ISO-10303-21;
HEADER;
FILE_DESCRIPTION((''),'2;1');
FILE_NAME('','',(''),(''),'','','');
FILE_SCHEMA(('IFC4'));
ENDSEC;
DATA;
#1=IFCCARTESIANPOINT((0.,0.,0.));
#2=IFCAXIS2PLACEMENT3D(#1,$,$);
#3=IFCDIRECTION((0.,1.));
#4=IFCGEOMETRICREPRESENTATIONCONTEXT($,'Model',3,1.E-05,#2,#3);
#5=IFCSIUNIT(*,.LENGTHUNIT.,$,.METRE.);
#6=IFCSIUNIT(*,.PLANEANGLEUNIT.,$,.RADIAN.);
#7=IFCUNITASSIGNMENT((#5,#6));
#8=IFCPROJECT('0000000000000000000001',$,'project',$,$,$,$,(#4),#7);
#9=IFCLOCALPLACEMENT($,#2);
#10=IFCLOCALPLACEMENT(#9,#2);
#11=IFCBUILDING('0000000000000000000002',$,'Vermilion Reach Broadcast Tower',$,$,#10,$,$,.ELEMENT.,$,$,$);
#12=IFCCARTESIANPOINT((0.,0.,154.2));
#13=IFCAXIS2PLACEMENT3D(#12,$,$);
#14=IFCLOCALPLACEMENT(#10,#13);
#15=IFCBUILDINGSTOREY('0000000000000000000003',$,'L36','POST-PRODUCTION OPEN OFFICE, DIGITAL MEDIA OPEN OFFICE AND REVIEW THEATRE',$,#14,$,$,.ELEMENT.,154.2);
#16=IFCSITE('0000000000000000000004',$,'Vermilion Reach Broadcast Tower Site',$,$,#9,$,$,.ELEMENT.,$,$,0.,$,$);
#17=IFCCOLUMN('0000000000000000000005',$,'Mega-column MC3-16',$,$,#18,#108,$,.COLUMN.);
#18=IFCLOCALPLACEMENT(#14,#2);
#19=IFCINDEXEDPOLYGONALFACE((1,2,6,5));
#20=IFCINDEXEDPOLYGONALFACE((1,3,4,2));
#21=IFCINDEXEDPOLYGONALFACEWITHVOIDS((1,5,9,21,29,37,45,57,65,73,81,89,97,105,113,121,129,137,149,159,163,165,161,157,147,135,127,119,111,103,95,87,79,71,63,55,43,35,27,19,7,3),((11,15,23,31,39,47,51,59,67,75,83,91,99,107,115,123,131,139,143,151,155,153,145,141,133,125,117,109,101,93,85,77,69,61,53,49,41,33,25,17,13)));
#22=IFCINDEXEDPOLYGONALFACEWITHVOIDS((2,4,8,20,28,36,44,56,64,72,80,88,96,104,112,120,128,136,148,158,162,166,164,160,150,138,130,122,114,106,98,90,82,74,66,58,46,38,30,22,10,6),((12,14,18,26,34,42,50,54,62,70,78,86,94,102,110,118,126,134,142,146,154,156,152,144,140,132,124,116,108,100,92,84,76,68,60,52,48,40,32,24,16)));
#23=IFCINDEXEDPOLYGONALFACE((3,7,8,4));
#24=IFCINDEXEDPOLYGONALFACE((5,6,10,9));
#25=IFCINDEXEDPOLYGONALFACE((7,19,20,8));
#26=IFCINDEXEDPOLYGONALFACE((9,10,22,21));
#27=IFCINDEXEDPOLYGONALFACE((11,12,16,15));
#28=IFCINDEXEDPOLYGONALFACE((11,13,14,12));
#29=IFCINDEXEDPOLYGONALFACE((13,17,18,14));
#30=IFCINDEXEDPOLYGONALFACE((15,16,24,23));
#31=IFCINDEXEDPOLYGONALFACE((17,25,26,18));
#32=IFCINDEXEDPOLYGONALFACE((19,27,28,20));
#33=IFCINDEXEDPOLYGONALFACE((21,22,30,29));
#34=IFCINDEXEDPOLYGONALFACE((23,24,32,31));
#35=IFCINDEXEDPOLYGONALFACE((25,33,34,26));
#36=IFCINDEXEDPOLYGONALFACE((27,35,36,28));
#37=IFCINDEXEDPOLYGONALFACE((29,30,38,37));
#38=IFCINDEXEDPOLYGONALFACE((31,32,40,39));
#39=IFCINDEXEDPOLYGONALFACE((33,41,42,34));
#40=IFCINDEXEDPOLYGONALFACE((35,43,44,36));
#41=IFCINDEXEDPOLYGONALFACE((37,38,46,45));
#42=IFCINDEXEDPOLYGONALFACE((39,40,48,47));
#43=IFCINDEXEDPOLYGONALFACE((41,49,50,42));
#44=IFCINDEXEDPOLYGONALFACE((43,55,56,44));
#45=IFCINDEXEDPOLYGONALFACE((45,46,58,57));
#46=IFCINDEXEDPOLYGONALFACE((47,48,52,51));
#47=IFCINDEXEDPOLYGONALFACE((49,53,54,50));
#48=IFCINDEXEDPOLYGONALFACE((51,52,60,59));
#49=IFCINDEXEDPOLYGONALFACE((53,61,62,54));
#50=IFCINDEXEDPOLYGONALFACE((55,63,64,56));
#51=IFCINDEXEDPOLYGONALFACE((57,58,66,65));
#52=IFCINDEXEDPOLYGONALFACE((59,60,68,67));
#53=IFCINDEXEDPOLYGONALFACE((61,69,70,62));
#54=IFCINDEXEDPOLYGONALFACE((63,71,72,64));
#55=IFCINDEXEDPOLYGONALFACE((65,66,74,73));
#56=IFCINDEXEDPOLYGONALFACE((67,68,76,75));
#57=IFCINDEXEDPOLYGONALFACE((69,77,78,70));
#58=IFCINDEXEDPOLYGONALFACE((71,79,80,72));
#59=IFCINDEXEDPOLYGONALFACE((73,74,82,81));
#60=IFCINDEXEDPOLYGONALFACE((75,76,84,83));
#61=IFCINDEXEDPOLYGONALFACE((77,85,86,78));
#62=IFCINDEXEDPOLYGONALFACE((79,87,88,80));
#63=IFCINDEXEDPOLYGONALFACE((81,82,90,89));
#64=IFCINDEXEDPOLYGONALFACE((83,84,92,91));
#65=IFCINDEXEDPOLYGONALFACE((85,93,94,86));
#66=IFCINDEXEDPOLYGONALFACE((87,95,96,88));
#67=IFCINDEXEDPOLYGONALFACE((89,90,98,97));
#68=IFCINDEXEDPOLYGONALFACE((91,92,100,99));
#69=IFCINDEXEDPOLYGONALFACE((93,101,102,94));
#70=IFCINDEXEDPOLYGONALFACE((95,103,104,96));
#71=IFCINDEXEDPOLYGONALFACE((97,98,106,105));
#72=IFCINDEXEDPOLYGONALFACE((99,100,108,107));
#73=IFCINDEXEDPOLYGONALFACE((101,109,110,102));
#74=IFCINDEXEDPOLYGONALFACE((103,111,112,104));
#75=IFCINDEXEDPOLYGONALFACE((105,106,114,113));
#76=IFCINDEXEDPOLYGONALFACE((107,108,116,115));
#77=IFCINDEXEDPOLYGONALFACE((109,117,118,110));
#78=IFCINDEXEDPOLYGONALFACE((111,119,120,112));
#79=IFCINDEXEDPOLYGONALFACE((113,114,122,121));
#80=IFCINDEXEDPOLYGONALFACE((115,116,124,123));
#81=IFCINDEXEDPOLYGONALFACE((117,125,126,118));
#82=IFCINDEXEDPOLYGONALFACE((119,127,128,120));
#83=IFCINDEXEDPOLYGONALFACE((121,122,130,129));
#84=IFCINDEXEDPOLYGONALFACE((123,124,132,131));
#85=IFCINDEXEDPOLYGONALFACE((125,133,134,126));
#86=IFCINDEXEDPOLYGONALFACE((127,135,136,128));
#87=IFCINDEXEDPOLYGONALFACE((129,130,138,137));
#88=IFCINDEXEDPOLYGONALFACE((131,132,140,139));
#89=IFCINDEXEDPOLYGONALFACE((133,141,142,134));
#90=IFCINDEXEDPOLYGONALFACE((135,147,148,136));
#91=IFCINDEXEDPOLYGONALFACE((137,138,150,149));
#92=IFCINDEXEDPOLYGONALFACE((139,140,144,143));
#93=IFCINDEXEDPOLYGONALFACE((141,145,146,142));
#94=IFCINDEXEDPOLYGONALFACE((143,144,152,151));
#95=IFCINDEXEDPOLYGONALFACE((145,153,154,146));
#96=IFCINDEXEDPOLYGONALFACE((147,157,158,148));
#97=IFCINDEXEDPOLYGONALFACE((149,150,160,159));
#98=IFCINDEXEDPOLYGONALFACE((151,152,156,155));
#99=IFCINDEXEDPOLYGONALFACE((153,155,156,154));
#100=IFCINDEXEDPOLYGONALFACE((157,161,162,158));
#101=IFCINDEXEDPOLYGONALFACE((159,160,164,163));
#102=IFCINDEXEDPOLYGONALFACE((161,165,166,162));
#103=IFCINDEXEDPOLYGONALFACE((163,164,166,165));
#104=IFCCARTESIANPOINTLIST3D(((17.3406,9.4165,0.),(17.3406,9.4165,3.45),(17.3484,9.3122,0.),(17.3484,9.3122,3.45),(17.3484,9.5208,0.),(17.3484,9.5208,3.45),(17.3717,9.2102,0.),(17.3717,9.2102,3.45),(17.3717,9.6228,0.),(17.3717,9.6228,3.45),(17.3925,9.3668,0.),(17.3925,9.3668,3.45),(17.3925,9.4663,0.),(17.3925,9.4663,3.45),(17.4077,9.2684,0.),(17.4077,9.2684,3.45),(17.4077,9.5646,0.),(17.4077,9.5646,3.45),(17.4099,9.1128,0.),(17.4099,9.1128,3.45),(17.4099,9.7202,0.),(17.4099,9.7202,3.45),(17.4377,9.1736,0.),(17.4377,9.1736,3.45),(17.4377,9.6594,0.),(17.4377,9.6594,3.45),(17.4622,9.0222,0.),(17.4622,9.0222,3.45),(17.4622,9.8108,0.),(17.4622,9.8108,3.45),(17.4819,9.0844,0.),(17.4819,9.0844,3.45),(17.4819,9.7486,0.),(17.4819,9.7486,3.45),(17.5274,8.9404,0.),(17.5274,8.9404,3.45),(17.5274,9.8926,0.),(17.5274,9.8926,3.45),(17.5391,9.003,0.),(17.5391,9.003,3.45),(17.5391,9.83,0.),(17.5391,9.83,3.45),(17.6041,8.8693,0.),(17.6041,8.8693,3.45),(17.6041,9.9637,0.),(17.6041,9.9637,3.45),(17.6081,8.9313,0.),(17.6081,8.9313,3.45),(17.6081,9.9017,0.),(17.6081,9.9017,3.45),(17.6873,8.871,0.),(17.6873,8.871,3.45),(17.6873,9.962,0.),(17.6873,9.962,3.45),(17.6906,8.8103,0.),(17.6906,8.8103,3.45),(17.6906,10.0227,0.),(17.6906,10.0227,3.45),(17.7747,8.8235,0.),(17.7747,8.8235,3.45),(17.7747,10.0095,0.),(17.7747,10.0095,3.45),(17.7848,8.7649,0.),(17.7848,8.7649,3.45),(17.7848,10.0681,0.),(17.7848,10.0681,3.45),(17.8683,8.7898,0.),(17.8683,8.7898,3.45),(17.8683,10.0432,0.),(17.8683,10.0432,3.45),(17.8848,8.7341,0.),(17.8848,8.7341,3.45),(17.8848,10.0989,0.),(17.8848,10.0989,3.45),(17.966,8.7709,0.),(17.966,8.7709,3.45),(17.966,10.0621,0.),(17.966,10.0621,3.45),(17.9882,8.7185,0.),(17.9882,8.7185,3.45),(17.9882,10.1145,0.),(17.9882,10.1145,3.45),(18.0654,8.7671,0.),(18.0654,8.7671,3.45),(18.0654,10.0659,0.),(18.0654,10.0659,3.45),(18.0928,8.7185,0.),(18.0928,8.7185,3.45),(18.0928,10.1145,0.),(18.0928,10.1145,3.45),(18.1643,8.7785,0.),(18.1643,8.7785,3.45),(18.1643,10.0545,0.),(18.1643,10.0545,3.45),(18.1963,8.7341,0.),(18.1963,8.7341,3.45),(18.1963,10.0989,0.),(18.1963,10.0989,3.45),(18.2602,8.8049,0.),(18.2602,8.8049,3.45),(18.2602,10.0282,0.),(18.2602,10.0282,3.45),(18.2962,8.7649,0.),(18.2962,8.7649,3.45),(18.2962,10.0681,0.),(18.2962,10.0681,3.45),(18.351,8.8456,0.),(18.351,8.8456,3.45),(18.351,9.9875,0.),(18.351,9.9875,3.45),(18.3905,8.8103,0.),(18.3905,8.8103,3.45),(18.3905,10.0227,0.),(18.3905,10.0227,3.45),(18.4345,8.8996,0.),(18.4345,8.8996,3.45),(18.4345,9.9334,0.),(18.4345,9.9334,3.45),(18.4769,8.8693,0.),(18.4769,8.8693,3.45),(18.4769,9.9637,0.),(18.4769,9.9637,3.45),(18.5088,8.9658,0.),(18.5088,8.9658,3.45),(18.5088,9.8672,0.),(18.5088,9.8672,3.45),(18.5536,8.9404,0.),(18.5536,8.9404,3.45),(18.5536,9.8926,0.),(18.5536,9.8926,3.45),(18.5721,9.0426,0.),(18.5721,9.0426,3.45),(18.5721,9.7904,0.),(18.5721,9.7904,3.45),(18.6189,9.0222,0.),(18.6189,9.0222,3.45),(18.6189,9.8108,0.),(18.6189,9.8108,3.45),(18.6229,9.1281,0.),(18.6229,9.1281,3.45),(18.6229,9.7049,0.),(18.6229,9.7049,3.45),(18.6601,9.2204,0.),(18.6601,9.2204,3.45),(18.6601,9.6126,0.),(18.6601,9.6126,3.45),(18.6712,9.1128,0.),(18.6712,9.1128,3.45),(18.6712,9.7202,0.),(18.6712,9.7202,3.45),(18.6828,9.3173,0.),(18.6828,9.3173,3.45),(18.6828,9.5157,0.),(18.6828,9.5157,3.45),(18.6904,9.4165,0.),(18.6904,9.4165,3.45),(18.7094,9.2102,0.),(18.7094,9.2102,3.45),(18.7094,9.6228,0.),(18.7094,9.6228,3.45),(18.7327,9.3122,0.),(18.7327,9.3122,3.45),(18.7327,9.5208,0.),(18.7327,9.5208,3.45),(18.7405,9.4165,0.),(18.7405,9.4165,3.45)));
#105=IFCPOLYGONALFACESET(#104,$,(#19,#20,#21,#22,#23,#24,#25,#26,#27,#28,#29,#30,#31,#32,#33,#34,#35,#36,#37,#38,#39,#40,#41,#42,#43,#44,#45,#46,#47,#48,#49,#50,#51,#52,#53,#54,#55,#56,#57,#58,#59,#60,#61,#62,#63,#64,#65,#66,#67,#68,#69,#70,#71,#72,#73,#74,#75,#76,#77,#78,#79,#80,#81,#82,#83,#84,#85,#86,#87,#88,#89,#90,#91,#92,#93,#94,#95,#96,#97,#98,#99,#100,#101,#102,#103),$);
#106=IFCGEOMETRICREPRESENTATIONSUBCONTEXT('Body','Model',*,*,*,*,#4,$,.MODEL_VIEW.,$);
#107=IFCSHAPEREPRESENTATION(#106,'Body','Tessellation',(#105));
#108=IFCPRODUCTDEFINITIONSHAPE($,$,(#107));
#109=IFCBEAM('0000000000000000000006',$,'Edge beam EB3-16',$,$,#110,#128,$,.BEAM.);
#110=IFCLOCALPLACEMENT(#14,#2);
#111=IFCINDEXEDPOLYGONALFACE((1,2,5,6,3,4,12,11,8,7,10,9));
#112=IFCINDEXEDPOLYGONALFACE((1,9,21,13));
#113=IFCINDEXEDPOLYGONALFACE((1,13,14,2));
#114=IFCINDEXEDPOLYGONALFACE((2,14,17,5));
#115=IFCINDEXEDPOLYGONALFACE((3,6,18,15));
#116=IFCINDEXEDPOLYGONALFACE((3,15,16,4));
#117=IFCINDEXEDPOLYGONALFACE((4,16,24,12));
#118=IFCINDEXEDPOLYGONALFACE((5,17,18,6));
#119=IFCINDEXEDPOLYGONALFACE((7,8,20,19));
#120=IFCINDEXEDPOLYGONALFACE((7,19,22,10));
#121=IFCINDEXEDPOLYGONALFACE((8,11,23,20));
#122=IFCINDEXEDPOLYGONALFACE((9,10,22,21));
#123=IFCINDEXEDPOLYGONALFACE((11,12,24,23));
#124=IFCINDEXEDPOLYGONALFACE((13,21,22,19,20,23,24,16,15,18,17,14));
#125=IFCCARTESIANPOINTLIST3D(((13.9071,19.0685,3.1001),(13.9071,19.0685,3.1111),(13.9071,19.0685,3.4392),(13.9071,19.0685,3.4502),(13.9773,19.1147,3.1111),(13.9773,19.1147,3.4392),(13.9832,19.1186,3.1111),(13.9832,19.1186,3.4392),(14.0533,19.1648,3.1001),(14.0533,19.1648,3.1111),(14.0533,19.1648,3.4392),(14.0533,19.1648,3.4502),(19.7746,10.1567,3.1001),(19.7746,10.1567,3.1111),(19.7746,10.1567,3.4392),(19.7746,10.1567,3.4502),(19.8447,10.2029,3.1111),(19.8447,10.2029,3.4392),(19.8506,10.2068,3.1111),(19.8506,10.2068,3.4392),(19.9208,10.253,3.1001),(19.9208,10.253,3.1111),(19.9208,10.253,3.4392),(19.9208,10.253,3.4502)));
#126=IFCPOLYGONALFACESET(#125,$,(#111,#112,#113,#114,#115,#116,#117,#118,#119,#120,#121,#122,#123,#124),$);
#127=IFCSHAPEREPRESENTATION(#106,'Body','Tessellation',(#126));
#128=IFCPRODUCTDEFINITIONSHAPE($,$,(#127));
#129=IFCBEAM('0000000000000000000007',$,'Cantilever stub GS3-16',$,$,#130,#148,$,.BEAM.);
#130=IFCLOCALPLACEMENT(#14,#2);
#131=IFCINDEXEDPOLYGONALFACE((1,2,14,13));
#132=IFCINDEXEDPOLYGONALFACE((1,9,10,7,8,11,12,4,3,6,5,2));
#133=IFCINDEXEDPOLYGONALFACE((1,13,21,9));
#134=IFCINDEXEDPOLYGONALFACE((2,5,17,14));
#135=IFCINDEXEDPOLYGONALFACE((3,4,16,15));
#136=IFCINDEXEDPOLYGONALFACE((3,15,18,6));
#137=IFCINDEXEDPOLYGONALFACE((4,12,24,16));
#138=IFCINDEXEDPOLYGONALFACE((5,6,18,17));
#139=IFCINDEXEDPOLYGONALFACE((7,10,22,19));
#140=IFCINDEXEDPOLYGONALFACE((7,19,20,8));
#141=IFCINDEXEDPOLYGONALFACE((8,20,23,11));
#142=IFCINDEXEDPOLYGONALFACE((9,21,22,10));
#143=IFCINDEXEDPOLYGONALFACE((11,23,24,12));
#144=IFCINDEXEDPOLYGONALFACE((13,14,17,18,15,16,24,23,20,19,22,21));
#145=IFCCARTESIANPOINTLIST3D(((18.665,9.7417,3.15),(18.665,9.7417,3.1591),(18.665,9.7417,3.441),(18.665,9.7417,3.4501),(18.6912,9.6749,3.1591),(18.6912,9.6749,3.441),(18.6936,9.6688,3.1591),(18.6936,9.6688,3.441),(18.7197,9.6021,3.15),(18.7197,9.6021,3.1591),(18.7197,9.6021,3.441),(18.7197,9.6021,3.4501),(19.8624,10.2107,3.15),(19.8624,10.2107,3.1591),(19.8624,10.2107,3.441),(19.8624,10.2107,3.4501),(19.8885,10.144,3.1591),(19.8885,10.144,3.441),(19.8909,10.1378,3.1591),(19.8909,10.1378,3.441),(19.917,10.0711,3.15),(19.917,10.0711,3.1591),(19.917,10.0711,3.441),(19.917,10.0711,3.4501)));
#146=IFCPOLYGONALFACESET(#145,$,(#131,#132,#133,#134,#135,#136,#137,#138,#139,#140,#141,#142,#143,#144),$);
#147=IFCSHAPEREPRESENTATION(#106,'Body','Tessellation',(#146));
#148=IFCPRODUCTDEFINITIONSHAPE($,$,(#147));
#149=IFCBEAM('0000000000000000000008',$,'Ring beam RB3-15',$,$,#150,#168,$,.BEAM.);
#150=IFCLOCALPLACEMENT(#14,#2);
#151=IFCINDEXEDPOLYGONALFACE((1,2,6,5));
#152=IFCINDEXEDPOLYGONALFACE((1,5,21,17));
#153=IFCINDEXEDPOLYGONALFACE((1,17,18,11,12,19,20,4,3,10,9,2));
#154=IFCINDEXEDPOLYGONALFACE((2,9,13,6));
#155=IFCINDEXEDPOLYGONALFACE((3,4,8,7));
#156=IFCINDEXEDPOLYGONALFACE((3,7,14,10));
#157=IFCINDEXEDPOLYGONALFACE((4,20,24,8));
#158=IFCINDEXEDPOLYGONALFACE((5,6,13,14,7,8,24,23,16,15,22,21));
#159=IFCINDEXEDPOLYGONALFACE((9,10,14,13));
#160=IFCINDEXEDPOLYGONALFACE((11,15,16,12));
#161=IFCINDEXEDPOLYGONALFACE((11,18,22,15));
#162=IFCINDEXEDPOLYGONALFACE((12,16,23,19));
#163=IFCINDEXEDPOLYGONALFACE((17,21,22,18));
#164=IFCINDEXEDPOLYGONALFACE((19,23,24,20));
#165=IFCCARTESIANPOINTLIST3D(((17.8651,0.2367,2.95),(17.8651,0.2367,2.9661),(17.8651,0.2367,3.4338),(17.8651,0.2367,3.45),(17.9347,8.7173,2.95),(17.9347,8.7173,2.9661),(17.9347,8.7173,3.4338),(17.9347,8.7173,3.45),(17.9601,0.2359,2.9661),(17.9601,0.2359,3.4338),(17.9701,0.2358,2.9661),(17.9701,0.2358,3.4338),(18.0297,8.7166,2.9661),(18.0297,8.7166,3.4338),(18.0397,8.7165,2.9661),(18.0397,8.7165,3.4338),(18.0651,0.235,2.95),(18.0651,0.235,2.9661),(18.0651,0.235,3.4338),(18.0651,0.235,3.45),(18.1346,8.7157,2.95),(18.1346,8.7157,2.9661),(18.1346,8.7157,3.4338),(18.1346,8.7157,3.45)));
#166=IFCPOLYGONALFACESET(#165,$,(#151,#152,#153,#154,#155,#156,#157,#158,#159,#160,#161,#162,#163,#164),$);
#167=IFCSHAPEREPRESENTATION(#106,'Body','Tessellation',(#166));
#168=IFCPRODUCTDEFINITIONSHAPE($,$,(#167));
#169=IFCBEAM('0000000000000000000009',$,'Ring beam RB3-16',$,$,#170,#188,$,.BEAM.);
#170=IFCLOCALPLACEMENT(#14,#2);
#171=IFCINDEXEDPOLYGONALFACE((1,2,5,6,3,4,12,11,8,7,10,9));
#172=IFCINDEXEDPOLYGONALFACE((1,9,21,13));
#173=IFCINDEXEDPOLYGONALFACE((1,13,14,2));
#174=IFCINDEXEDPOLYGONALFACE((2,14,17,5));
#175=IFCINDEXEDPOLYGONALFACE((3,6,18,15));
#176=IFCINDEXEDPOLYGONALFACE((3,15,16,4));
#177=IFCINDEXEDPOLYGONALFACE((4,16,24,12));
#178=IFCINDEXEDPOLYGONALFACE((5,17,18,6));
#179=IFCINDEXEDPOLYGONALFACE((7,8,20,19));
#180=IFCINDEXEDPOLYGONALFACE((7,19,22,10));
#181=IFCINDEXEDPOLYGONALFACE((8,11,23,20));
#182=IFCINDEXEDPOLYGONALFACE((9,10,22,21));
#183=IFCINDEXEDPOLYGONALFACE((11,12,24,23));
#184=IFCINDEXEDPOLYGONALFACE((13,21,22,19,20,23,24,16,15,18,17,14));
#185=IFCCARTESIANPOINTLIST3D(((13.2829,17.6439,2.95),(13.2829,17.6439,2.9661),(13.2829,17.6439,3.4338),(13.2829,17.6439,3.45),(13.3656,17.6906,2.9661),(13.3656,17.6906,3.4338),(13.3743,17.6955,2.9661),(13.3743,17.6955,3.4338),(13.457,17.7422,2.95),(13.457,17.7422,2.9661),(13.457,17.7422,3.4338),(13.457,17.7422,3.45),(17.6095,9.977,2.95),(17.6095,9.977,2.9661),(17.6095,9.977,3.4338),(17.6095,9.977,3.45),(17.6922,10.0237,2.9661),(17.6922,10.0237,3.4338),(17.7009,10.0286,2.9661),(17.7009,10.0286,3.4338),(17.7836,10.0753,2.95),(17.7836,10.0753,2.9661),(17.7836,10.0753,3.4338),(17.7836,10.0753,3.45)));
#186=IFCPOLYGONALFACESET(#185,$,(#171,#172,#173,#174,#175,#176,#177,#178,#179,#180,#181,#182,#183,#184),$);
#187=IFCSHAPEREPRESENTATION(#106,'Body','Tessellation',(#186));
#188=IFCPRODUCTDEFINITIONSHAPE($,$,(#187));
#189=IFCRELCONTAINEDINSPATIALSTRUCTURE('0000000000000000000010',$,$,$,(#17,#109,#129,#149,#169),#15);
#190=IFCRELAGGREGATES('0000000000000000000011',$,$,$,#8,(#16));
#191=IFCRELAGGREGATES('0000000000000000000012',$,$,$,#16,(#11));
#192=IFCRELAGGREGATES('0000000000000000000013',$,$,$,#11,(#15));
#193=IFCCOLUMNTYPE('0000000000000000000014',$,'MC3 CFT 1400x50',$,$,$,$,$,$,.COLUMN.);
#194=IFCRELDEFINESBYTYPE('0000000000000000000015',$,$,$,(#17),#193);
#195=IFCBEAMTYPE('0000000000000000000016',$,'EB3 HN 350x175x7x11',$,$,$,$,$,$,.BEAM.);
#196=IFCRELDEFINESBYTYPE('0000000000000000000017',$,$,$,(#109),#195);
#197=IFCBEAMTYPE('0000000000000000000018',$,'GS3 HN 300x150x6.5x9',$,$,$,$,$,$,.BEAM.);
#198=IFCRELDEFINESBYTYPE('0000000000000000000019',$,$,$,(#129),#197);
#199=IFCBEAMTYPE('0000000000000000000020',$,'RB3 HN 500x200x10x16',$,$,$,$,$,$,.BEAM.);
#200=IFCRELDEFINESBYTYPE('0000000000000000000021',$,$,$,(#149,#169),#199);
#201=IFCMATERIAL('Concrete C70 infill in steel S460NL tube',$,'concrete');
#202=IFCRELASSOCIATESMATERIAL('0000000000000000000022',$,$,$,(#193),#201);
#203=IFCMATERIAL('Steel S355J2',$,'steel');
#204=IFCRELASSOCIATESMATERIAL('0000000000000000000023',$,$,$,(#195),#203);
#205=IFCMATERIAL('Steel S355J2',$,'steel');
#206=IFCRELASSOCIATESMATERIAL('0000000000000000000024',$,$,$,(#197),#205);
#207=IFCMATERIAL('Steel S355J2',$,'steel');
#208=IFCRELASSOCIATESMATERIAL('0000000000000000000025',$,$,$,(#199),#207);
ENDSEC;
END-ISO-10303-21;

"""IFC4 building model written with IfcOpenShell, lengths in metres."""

from ifc_helpers import new_model, si_unit, direction, frame, origin, origin_2d, place, context, subcontext, project, spatial, hollow_circle, i_section, extrude, material, material_profile, profile_set, type_object, element, save


model = new_model("IFC4")

# Units and contexts
model_context = context("Model", 3, precision=1e-05, world=origin(), true_north=direction((0.0, 1.0)))
body_context = subcontext(model_context, "Body", "Model", "MODEL_VIEW")
ifc_project = project(units=[si_unit("LENGTHUNIT", "METRE"), si_unit("PLANEANGLEUNIT", "RADIAN")], contexts=[model_context])

# Site, building, storey
site_placement = place(None, origin())
site = spatial("IfcSite", under=ifc_project, at=site_placement, Name="Vermilion Reach Broadcast Tower Site", CompositionType="ELEMENT", RefElevation=0.0)
building_placement = place(site_placement, origin())
building = spatial("IfcBuilding", under=site, at=building_placement, Name="Vermilion Reach Broadcast Tower", CompositionType="ELEMENT")
storey_placement = place(building_placement, frame((0.0, 0.0, 154.2)))
storey = spatial("IfcBuildingStorey", under=building, at=storey_placement, Name="L36", Description="POST-PRODUCTION OPEN OFFICE, DIGITAL MEDIA OPEN OFFICE AND REVIEW THEATRE", CompositionType="ELEMENT", Elevation=154.2)

# Column
ifc_material_1 = material(Name="Concrete C70 infill in steel S460NL tube", Category="concrete")
ifc_material_profile_1 = material_profile(ifc_material_1, hollow_circle(Radius=0.7, WallThickness=0.05, at=origin_2d()), Name="Concrete C70 infill in steel S460NL tube CFT 1400x50")
ifc_profile_set_1 = profile_set([ifc_material_profile_1], Name="Concrete C70 infill in steel S460NL tube")
column_type = type_object("IfcColumnType", Name="MC3 CFT 1400x50", PredefinedType="COLUMN", material=ifc_profile_set_1)
column_placement = place(storey_placement, frame((18.0405, 9.4165, 0.0), z_axis=(0.0, 0.0, 1.0), x_axis=(1.0, 0.0, 0.0)))
element("IfcColumn", 1, at=column_placement, inside=storey, type_object=column_type, Name="Mega-column MC3-16", PredefinedType="COLUMN", context=body_context, shape_type="SweptSolid", body=[
    extrude(hollow_circle(Radius=0.7, WallThickness=0.05, at=origin_2d()), origin(), (0.0, 0.0, 1.0), 3.45),
])

# Beams
ifc_material_2 = material(Name="Steel S355J2", Category="steel")
ifc_material_profile_2 = material_profile(ifc_material_2, i_section(OverallWidth=0.175, OverallDepth=0.3501, WebThickness=0.0071, FlangeThickness=0.011, at=origin_2d()), Name="S355J2 HN 350x175x7x11")
ifc_profile_set_2 = profile_set([ifc_material_profile_2], Name="Steel S355J2")
beam_type_1 = type_object("IfcBeamType", Name="EB3 HN 350x175x7x11", PredefinedType="BEAM", material=ifc_profile_set_2)
beam_1_placement = place(storey_placement, frame((19.8477, 10.2048, 3.2751), z_axis=(-0.549902, 0.835229, 0.0), x_axis=(-0.835229, -0.549902, 0.0)))
element("IfcBeam", 2, at=beam_1_placement, inside=storey, type_object=beam_type_1, Name="Edge beam EB3-16", PredefinedType="BEAM", context=body_context, shape_type="SweptSolid", body=[
    extrude(i_section(OverallWidth=0.175, OverallDepth=0.3501, WebThickness=0.0071, FlangeThickness=0.011, at=origin_2d()), origin(), (0.0, 0.0, 1.0), 10.6699),
])
ifc_material_3 = material(Name="Steel S355J2", Category="steel")
ifc_material_profile_3 = material_profile(ifc_material_3, i_section(OverallWidth=0.1499, OverallDepth=0.3, WebThickness=0.0066, FlangeThickness=0.009, at=origin_2d()), Name="S355J2 HN 300x150x6.5x9")
ifc_profile_set_3 = profile_set([ifc_material_profile_3], Name="Steel S355J2")
beam_type_2 = type_object("IfcBeamType", Name="GS3 HN 300x150x6.5x9", PredefinedType="BEAM", material=ifc_profile_set_3)
beam_2_placement = place(storey_placement, frame((18.6924, 9.6719, 3.3), z_axis=(0.931111, 0.364736, 0.0), x_axis=(-0.364736, 0.931111, 0.0)))
element("IfcBeam", 3, at=beam_2_placement, inside=storey, type_object=beam_type_2, Name="Cantilever stub GS3-16", PredefinedType="BEAM", context=body_context, shape_type="SweptSolid", body=[
    extrude(i_section(OverallWidth=0.1499, OverallDepth=0.3, WebThickness=0.0066, FlangeThickness=0.009, at=origin_2d()), origin(), (0.0, 0.0, 1.0), 1.2859),
])
ifc_material_4 = material(Name="Steel S355J2", Category="steel")
ifc_material_profile_4 = material_profile(ifc_material_4, i_section(OverallWidth=0.2, OverallDepth=0.5, WebThickness=0.01, FlangeThickness=0.0161, at=origin_2d()), Name="S355J2 HN 500x200x10x16")
ifc_profile_set_4 = profile_set([ifc_material_profile_4], Name="Steel S355J2")
beam_type_3 = type_object("IfcBeamType", Name="RB3 HN 500x200x10x16", PredefinedType="BEAM", material=ifc_profile_set_4)
beam_3_placement = place(storey_placement, frame((17.9651, 0.2358, 3.2), z_axis=(0.008204, 0.999966, 0.0), x_axis=(-0.999966, 0.008204, 0.0)))
element("IfcBeam", 4, at=beam_3_placement, inside=storey, type_object=beam_type_3, Name="Ring beam RB3-15", PredefinedType="BEAM", context=body_context, shape_type="SweptSolid", body=[
    extrude(i_section(OverallWidth=0.2, OverallDepth=0.5, WebThickness=0.01, FlangeThickness=0.0161, at=origin_2d()), origin(), (0.0, 0.0, 1.0), 8.481),
])
beam_4_placement = place(storey_placement, frame((17.6965, 10.0261, 3.2), z_axis=(-0.491467, 0.870896, 0.0), x_axis=(-0.870896, -0.491467, 0.0)))
element("IfcBeam", 5, at=beam_4_placement, inside=storey, type_object=beam_type_3, Name="Ring beam RB3-16", PredefinedType="BEAM", context=body_context, shape_type="SweptSolid", body=[
    extrude(i_section(OverallWidth=0.2, OverallDepth=0.5, WebThickness=0.01, FlangeThickness=0.0161, at=origin_2d()), origin(), (0.0, 0.0, 1.0), 8.8035),
])

save(model, "model.ifc")
